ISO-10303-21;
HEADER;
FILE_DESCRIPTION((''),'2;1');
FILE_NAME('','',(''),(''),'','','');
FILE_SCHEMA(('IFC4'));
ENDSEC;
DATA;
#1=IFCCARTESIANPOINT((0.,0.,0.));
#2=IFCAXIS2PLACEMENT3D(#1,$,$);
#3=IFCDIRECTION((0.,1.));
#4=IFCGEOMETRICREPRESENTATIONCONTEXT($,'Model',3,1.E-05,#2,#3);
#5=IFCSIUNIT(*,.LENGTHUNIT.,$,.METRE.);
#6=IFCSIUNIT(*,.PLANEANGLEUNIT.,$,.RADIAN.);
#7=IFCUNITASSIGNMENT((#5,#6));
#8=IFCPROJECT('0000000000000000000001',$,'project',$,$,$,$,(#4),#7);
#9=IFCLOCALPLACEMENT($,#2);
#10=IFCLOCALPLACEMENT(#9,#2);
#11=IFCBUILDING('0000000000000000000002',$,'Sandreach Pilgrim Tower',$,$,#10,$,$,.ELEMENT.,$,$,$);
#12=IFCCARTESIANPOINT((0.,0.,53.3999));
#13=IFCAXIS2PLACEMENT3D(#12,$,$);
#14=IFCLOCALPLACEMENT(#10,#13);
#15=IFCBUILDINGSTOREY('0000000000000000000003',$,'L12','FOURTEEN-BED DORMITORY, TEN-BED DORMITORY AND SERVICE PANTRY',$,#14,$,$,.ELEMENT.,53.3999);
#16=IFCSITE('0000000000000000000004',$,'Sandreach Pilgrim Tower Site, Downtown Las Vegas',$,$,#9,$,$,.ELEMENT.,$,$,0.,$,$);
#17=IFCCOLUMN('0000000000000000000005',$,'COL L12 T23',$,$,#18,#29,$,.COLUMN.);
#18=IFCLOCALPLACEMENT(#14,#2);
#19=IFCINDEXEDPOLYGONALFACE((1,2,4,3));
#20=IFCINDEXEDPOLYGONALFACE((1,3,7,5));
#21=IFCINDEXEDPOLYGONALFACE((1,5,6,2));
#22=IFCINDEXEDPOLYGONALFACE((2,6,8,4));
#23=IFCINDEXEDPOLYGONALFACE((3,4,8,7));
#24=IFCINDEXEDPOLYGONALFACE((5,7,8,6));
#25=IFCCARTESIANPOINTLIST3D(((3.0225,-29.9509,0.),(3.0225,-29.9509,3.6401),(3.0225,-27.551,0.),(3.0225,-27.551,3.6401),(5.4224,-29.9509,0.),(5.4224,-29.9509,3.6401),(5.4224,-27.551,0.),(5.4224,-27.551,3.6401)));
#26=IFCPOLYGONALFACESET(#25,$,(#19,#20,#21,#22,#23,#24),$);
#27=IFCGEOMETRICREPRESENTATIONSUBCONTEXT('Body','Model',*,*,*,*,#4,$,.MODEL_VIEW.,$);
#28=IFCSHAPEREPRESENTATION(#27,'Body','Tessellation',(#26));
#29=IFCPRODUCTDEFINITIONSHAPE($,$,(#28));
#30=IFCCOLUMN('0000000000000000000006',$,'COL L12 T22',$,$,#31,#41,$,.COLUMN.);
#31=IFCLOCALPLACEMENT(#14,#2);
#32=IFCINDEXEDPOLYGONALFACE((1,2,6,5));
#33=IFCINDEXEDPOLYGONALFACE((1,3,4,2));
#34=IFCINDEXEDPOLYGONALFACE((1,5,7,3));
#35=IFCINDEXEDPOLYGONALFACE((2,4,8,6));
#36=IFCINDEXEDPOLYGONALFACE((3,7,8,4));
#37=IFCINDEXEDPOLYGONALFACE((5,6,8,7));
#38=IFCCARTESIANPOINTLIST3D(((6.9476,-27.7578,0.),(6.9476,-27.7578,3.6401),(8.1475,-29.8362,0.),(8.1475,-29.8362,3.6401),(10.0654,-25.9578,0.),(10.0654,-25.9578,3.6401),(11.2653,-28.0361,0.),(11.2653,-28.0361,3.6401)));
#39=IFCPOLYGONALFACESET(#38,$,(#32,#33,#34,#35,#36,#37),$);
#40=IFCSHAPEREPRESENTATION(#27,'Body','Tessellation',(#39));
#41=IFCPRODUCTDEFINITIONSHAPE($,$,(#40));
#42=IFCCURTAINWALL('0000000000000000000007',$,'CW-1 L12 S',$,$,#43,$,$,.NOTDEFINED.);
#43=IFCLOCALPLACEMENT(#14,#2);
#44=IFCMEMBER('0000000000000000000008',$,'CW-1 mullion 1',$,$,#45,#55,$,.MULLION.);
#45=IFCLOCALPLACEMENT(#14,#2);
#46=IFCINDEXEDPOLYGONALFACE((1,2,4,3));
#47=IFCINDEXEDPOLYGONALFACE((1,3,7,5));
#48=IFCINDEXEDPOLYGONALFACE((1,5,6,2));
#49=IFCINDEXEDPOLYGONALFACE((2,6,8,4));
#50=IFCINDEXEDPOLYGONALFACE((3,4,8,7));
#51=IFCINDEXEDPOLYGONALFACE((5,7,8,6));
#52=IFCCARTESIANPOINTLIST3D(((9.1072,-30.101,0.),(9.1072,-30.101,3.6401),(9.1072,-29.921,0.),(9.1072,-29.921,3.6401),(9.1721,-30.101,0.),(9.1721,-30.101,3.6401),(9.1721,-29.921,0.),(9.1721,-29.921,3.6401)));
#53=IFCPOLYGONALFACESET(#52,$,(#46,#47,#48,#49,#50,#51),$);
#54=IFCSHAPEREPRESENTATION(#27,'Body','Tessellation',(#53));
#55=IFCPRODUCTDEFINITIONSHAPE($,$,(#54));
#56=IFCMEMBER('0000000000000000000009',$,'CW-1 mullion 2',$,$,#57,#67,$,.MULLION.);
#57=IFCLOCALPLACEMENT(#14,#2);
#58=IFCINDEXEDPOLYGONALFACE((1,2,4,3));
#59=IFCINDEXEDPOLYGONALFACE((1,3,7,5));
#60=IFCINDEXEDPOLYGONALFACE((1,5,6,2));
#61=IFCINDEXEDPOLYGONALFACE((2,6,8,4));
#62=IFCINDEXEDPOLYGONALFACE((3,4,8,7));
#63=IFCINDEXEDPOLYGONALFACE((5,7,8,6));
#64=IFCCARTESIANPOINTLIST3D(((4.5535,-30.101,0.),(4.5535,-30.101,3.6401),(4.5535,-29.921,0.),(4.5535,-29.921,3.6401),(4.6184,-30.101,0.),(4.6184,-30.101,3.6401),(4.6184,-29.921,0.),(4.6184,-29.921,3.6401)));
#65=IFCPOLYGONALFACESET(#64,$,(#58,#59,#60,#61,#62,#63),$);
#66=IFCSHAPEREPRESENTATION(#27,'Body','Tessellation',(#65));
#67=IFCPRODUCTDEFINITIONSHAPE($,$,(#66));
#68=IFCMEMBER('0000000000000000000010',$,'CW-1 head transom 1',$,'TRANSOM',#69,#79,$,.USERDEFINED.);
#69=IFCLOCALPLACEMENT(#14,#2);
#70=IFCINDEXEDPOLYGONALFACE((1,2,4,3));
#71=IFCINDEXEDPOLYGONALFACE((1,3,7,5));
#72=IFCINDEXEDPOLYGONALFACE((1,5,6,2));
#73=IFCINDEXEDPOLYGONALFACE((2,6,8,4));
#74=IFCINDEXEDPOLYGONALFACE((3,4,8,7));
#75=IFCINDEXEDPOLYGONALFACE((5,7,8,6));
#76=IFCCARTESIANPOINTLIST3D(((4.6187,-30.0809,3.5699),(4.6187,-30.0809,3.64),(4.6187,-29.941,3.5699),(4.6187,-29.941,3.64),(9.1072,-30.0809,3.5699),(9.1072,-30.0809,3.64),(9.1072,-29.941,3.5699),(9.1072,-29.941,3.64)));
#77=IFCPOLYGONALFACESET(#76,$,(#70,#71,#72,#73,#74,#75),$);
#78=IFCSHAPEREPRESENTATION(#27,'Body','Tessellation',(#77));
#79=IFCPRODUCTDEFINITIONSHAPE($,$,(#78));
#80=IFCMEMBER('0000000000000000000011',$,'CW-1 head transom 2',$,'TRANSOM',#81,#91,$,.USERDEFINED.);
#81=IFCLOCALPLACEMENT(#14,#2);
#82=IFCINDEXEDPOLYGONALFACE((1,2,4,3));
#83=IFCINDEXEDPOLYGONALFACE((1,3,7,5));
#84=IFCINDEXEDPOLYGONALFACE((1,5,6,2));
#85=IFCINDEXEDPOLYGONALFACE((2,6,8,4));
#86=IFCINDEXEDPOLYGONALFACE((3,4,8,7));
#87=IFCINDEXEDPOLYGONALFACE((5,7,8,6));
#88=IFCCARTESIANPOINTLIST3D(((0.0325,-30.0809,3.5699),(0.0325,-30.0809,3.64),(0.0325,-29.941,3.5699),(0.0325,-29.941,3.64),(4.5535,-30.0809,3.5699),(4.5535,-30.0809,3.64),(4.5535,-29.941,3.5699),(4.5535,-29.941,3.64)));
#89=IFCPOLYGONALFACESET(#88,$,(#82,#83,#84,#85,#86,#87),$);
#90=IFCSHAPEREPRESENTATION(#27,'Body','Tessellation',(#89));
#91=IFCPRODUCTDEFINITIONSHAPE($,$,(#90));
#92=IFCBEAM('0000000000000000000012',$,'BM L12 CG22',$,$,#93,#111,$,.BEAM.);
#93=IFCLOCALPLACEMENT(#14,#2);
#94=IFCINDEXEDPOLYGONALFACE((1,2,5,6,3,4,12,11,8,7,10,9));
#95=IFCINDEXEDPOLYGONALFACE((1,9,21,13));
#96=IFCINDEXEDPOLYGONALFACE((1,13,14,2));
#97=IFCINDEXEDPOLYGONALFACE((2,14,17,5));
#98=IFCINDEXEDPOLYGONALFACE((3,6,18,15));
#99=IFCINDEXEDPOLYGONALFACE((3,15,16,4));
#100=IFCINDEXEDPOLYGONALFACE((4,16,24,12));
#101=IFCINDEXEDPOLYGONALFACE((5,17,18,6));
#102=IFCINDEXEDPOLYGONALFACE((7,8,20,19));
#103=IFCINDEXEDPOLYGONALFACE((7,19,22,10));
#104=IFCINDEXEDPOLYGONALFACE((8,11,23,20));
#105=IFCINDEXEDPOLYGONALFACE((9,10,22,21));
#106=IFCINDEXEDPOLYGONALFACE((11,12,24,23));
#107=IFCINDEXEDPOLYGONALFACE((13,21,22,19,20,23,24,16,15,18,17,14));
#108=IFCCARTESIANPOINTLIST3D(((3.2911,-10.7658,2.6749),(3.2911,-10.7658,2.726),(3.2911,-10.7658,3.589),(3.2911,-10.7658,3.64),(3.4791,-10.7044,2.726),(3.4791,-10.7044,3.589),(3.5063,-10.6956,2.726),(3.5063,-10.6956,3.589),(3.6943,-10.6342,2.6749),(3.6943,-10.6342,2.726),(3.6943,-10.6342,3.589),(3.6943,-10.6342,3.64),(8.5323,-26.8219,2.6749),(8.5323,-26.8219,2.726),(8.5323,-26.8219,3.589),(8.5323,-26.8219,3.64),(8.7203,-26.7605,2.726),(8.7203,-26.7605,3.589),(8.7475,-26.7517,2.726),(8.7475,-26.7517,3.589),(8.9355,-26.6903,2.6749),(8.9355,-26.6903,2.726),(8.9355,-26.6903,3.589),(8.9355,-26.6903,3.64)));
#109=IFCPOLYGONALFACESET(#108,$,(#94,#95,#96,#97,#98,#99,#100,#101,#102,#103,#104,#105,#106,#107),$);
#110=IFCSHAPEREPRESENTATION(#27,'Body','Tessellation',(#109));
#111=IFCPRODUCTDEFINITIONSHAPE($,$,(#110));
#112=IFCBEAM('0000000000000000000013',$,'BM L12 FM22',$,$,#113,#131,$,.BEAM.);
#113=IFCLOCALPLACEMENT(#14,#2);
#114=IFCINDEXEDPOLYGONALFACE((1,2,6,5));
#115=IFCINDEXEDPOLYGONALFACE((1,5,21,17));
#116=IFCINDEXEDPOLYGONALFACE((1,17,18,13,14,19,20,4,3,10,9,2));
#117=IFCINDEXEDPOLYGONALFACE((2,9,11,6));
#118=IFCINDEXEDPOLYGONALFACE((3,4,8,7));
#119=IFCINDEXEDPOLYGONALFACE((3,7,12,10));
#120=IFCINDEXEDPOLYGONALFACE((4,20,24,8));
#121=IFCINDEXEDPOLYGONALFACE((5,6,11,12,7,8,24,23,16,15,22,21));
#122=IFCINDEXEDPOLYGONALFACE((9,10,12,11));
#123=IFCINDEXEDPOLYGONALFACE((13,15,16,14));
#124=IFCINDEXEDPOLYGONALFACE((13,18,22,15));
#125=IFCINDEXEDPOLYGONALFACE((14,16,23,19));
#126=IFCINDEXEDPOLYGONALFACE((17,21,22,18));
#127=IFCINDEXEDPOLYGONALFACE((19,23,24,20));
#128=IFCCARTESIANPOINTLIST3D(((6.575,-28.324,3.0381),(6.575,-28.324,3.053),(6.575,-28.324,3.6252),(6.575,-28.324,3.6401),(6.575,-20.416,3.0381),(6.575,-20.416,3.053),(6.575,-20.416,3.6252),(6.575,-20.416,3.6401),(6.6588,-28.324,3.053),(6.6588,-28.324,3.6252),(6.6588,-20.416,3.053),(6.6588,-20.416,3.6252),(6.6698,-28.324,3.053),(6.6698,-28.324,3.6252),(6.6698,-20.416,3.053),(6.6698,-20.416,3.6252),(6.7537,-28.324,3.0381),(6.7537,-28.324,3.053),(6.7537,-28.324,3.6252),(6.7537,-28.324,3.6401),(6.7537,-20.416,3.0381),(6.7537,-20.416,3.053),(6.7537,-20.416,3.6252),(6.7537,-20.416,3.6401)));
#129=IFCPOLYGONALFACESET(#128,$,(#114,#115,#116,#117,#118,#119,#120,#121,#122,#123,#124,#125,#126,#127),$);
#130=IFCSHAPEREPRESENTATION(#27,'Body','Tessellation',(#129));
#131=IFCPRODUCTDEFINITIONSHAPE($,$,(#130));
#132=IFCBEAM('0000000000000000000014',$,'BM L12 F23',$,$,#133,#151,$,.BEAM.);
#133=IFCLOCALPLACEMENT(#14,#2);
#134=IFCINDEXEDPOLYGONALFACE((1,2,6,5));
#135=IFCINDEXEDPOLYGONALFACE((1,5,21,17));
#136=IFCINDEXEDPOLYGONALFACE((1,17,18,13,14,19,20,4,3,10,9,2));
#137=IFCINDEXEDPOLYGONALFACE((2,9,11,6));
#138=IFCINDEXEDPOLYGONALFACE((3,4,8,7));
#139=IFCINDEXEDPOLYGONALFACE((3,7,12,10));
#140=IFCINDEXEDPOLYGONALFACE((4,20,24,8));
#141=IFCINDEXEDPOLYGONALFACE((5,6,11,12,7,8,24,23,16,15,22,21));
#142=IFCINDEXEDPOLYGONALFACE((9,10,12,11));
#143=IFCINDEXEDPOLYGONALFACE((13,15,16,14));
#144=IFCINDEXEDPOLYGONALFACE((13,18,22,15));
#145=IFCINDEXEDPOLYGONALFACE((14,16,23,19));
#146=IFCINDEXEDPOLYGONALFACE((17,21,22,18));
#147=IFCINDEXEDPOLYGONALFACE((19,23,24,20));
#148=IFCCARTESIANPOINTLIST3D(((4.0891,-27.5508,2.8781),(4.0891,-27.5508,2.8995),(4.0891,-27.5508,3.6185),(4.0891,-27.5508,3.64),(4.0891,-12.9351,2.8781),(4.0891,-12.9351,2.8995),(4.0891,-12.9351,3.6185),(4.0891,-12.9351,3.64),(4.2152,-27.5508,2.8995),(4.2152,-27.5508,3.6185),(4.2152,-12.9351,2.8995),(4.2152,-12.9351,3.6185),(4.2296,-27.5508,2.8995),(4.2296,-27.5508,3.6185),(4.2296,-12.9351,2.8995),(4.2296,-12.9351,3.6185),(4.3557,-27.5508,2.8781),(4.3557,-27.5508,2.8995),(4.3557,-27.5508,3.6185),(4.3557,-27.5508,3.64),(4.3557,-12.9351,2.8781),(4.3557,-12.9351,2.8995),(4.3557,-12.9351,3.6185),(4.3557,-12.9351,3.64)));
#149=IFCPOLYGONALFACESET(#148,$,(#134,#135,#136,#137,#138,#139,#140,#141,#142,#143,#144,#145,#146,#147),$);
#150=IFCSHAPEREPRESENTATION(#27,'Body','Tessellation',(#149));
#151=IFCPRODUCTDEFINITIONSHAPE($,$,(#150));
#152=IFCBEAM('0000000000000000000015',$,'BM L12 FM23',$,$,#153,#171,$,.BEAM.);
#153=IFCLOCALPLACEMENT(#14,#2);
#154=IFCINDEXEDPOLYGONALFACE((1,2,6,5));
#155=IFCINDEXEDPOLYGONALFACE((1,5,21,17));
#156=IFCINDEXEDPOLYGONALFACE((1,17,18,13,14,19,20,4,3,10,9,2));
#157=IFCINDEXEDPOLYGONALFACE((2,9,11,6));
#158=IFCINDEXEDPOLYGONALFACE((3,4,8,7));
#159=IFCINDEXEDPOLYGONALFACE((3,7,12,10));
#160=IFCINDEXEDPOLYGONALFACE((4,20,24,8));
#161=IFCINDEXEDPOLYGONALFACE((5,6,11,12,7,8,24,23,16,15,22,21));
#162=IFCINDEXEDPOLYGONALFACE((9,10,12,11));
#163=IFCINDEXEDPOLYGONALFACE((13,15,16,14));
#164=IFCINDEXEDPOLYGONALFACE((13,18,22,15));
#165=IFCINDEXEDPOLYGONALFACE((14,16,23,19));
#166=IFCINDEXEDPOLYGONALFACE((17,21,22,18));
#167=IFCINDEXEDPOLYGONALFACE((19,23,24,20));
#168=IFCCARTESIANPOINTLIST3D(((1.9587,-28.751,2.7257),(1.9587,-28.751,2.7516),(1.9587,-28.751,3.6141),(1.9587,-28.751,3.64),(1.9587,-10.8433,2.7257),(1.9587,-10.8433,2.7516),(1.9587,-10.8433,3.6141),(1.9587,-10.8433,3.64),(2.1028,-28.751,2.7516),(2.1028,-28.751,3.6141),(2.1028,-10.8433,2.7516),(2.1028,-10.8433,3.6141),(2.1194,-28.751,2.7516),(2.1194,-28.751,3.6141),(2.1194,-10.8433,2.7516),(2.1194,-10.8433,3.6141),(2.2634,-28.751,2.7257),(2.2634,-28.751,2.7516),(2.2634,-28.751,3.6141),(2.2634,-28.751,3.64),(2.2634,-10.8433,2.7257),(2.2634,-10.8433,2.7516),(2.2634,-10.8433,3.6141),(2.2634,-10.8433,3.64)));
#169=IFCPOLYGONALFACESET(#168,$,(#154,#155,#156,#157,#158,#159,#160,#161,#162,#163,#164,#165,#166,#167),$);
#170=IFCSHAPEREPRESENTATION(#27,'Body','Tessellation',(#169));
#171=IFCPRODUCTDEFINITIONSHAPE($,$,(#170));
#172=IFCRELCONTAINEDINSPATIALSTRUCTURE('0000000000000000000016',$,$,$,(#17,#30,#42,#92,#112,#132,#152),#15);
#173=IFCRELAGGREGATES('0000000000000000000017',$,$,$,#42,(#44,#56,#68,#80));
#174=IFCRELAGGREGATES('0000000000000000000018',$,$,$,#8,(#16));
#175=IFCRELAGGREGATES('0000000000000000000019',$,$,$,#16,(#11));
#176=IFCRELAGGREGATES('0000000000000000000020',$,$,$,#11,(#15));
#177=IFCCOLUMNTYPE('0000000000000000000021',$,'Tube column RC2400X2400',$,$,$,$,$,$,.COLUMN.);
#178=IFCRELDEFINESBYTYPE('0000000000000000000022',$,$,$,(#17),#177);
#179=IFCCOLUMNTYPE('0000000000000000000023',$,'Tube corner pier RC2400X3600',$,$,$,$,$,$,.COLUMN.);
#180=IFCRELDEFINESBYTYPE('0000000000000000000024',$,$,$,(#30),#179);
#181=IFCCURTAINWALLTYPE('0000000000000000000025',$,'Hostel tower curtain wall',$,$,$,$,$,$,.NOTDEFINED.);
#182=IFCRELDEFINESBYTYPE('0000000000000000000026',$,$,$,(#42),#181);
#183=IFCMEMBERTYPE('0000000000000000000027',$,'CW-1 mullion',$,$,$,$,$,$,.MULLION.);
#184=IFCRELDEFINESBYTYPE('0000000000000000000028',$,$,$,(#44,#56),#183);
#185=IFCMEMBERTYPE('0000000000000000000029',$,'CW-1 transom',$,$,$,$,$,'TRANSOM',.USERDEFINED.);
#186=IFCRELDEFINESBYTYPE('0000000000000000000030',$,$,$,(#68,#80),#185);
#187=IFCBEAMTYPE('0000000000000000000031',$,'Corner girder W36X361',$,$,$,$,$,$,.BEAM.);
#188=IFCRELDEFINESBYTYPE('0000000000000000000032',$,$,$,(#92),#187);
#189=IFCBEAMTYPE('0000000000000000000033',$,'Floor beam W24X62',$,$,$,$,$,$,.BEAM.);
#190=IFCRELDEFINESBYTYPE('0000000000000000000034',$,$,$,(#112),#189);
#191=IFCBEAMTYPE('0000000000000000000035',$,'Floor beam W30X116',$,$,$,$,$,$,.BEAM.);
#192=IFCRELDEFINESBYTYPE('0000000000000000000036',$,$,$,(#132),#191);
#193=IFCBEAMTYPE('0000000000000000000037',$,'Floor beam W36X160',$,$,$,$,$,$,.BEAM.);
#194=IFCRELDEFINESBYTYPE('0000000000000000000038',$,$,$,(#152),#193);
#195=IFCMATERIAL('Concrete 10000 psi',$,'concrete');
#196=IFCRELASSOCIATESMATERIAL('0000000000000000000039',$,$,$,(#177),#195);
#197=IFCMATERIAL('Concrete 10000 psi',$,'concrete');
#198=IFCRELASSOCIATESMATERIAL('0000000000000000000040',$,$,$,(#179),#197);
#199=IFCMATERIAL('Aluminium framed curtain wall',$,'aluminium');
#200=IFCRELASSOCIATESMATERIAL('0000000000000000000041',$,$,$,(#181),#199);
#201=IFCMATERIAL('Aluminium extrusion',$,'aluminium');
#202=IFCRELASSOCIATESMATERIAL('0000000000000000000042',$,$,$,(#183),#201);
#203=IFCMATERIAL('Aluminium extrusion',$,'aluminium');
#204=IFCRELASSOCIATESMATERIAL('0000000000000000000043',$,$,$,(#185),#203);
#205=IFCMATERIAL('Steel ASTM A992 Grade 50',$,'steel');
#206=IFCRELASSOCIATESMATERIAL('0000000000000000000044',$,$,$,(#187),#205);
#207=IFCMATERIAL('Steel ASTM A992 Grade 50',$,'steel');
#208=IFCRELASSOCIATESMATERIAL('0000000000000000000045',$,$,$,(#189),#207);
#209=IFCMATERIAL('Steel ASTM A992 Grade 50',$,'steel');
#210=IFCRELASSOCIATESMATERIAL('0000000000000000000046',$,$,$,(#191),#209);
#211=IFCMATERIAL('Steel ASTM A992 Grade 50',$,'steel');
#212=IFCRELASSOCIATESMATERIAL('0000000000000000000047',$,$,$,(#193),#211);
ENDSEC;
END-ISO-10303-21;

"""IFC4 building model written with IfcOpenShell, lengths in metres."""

from ifc_helpers import new_model, si_unit, direction, frame, origin, origin_2d, place, context, subcontext, project, spatial, rectangle, i_section, extrude, clip, halfspace, material, material_profile, profile_set, type_object, element, aggregate, save


model = new_model("IFC4")

# Units and contexts
model_context = context("Model", 3, precision=1e-05, world=origin(), true_north=direction((0.0, 1.0)))
body_context = subcontext(model_context, "Body", "Model", "MODEL_VIEW")
ifc_project = project(units=[si_unit("LENGTHUNIT", "METRE"), si_unit("PLANEANGLEUNIT", "RADIAN")], contexts=[model_context])

# Site, building, storey
site_placement = place(None, origin())
site = spatial("IfcSite", under=ifc_project, at=site_placement, Name="Sandreach Pilgrim Tower Site, Downtown Las Vegas", CompositionType="ELEMENT", RefElevation=0.0)
building_placement = place(site_placement, origin())
building = spatial("IfcBuilding", under=site, at=building_placement, Name="Sandreach Pilgrim Tower", CompositionType="ELEMENT")
storey_placement = place(building_placement, frame((0.0, 0.0, 53.3999)))
storey = spatial("IfcBuildingStorey", under=building, at=storey_placement, Name="L12", Description="FOURTEEN-BED DORMITORY, TEN-BED DORMITORY AND SERVICE PANTRY", CompositionType="ELEMENT", Elevation=53.3999)

# Columns
ifc_material_1 = material(Name="Concrete 10000 psi", Category="concrete")
ifc_material_profile_1 = material_profile(ifc_material_1, rectangle(XDim=2.3999, YDim=2.3999, at=origin_2d()), Name="RC2400X2400")
ifc_profile_set_1 = profile_set([ifc_material_profile_1], Name="Concrete 10000 psi")
column_type_1 = type_object("IfcColumnType", Name="Tube column RC2400X2400", PredefinedType="COLUMN", material=ifc_profile_set_1)
column_1_placement = place(storey_placement, frame((4.2224, -28.751, 0.0), z_axis=(0.0, 0.0, 1.0), x_axis=(0.0, -1.0, 0.0)))
element("IfcColumn", 1, at=column_1_placement, inside=storey, type_object=column_type_1, Name="COL L12 T23", PredefinedType="COLUMN", context=body_context, shape_type="SweptSolid", body=[
    clip(extrude(rectangle(XDim=2.3999, YDim=2.3999, at=origin_2d()), origin(), (0.0, 0.0, 1.0), 3.7371), halfspace(frame((0.0, 0.0, 3.6401)), False)),
])
ifc_material_2 = material(Name="Concrete 10000 psi", Category="concrete")
ifc_material_profile_2 = material_profile(ifc_material_2, rectangle(XDim=2.3999, YDim=3.6001, at=origin_2d()), Name="RC2400X3600")
ifc_profile_set_2 = profile_set([ifc_material_profile_2], Name="Concrete 10000 psi")
column_type_2 = type_object("IfcColumnType", Name="Tube corner pier RC2400X3600", PredefinedType="COLUMN", material=ifc_profile_set_2)
column_2_placement = place(storey_placement, frame((9.1064, -27.897, 0.0), z_axis=(0.0, 0.0, 1.0), x_axis=(0.5, -0.866025, 0.0)))
element("IfcColumn", 2, at=column_2_placement, inside=storey, type_object=column_type_2, Name="COL L12 T22", PredefinedType="COLUMN", context=body_context, shape_type="SweptSolid", body=[
    clip(extrude(rectangle(XDim=2.3999, YDim=3.6001, at=origin_2d()), origin(), (0.0, 0.0, 1.0), 3.7261), halfspace(frame((0.0, 0.0, 3.6401)), False)),
])

# Curtain wall, members
ifc_material_3 = material(Name="Aluminium framed curtain wall", Category="aluminium")
curtain_wall_type = type_object("IfcCurtainWallType", Name="Hostel tower curtain wall", PredefinedType="NOTDEFINED", material=ifc_material_3)
curtain_wall_placement = place(storey_placement, origin())
curtain_wall = element("IfcCurtainWall", 3, at=curtain_wall_placement, inside=storey, type_object=curtain_wall_type, Name="CW-1 L12 S", PredefinedType="NOTDEFINED")
ifc_material_4 = material(Name="Aluminium extrusion", Category="aluminium")
ifc_material_profile_3 = material_profile(ifc_material_4, rectangle(XDim=0.0649, YDim=0.1799, at=origin_2d()), Name="CW-1M 65X180")
ifc_profile_set_3 = profile_set([ifc_material_profile_3], Name="Aluminium extrusion")
member_type_1 = type_object("IfcMemberType", Name="CW-1 mullion", PredefinedType="MULLION", material=ifc_profile_set_3)
member_1_placement = place(storey_placement, frame((9.1396, -30.011, 0.0), z_axis=(0.0, 0.0, 1.0), x_axis=(-1.0, 0.0, 0.0)))
member_1 = element("IfcMember", 4, at=member_1_placement, type_object=member_type_1, Name="CW-1 mullion 1", PredefinedType="MULLION", context=body_context, shape_type="SweptSolid", body=[
    extrude(rectangle(XDim=0.0649, YDim=0.1799, at=origin_2d()), origin(), (0.0, 0.0, 1.0), 3.6401),
])
member_2_placement = place(storey_placement, frame((4.5859, -30.011, 0.0), z_axis=(0.0, 0.0, 1.0), x_axis=(-1.0, 0.0, 0.0)))
member_2 = element("IfcMember", 5, at=member_2_placement, type_object=member_type_1, Name="CW-1 mullion 2", PredefinedType="MULLION", context=body_context, shape_type="SweptSolid", body=[
    extrude(rectangle(XDim=0.0649, YDim=0.1799, at=origin_2d()), origin(), (0.0, 0.0, 1.0), 3.6401),
])
ifc_material_5 = material(Name="Aluminium extrusion", Category="aluminium")
ifc_material_profile_4 = material_profile(ifc_material_5, rectangle(XDim=0.1399, YDim=0.0701, at=origin_2d()), Name="CW-1T 140X70")
ifc_profile_set_4 = profile_set([ifc_material_profile_4], Name="Aluminium extrusion")
member_type_2 = type_object("IfcMemberType", Name="CW-1 transom", ElementType="TRANSOM", PredefinedType="USERDEFINED", material=ifc_profile_set_4)
member_3_placement = place(storey_placement, frame((9.1072, -30.011, 3.605), z_axis=(-1.0, 0.0, 0.0), x_axis=(0.0, -1.0, 0.0)))
member_3 = element("IfcMember", 6, at=member_3_placement, type_object=member_type_2, Name="CW-1 head transom 1", ObjectType="TRANSOM", PredefinedType="USERDEFINED", context=body_context, shape_type="SweptSolid", body=[
    extrude(rectangle(XDim=0.1399, YDim=0.0701, at=origin_2d()), origin(), (0.0, 0.0, 1.0), 4.4885),
])
member_4_placement = place(storey_placement, frame((4.5535, -30.011, 3.605), z_axis=(-1.0, 0.0, 0.0), x_axis=(0.0, -1.0, 0.0)))
member_4 = element("IfcMember", 7, at=member_4_placement, type_object=member_type_2, Name="CW-1 head transom 2", ObjectType="TRANSOM", PredefinedType="USERDEFINED", context=body_context, shape_type="SweptSolid", body=[
    extrude(rectangle(XDim=0.1399, YDim=0.0701, at=origin_2d()), origin(), (0.0, 0.0, 1.0), 4.521),
])

# Beams
ifc_material_6 = material(Name="Steel ASTM A992 Grade 50", Category="steel")
ifc_material_profile_5 = material_profile(ifc_material_6, i_section(OverallWidth=0.4241, OverallDepth=0.9651, WebThickness=0.0286, FlangeThickness=0.051, at=origin_2d()), Name="W36X361")
ifc_profile_set_5 = profile_set([ifc_material_profile_5], Name="Steel ASTM A992 Grade 50")
beam_type_1 = type_object("IfcBeamType", Name="Corner girder W36X361", PredefinedType="BEAM", material=ifc_profile_set_5)
beam_1_placement = place(storey_placement, frame((8.7339, -26.7561, 3.1575), z_axis=(-0.310315, 0.950634, 0.0), x_axis=(-0.950634, -0.310315, 0.0)))
element("IfcBeam", 8, at=beam_1_placement, inside=storey, type_object=beam_type_1, Name="BM L12 CG22", PredefinedType="BEAM", context=body_context, shape_type="SweptSolid", body=[
    extrude(i_section(OverallWidth=0.4241, OverallDepth=0.9651, WebThickness=0.0286, FlangeThickness=0.051, at=origin_2d()), origin(), (0.0, 0.0, 1.0), 16.8899),
])
ifc_material_7 = material(Name="Steel ASTM A992 Grade 50", Category="steel")
ifc_material_profile_6 = material_profile(ifc_material_7, i_section(OverallWidth=0.1787, OverallDepth=0.6021, WebThickness=0.011, FlangeThickness=0.0149, at=origin_2d()), Name="W24X62")
ifc_profile_set_6 = profile_set([ifc_material_profile_6], Name="Steel ASTM A992 Grade 50")
beam_type_2 = type_object("IfcBeamType", Name="Floor beam W24X62", PredefinedType="BEAM", material=ifc_profile_set_6)
beam_2_placement = place(storey_placement, frame((6.6643, -28.324, 3.3391), z_axis=(0.0, 1.0, 0.0), x_axis=(-1.0, 0.0, 0.0)))
element("IfcBeam", 9, at=beam_2_placement, inside=storey, type_object=beam_type_2, Name="BM L12 FM22", PredefinedType="BEAM", context=body_context, shape_type="SweptSolid", body=[
    extrude(i_section(OverallWidth=0.1787, OverallDepth=0.6021, WebThickness=0.011, FlangeThickness=0.0149, at=origin_2d()), origin(), (0.0, 0.0, 1.0), 7.908),
])
ifc_material_8 = material(Name="Steel ASTM A992 Grade 50", Category="steel")
ifc_material_profile_7 = material_profile(ifc_material_8, i_section(OverallWidth=0.2666, OverallDepth=0.762, WebThickness=0.0144, FlangeThickness=0.0215, at=origin_2d()), Name="W30X116")
ifc_profile_set_7 = profile_set([ifc_material_profile_7], Name="Steel ASTM A992 Grade 50")
beam_type_3 = type_object("IfcBeamType", Name="Floor beam W30X116", PredefinedType="BEAM", material=ifc_profile_set_7)
beam_3_placement = place(storey_placement, frame((4.2224, -27.5508, 3.259), z_axis=(0.0, 1.0, 0.0), x_axis=(-1.0, 0.0, 0.0)))
element("IfcBeam", 10, at=beam_3_placement, inside=storey, type_object=beam_type_3, Name="BM L12 F23", PredefinedType="BEAM", context=body_context, shape_type="SweptSolid", body=[
    extrude(i_section(OverallWidth=0.2666, OverallDepth=0.762, WebThickness=0.0144, FlangeThickness=0.0215, at=origin_2d()), origin(), (0.0, 0.0, 1.0), 14.6157),
])
ifc_material_9 = material(Name="Steel ASTM A992 Grade 50", Category="steel")
ifc_material_profile_8 = material_profile(ifc_material_9, i_section(OverallWidth=0.3047, OverallDepth=0.9143, WebThickness=0.0166, FlangeThickness=0.0259, at=origin_2d()), Name="W36X160")
ifc_profile_set_8 = profile_set([ifc_material_profile_8], Name="Steel ASTM A992 Grade 50")
beam_type_4 = type_object("IfcBeamType", Name="Floor beam W36X160", PredefinedType="BEAM", material=ifc_profile_set_8)
beam_4_placement = place(storey_placement, frame((2.1111, -28.751, 3.1829), z_axis=(0.0, 1.0, 0.0), x_axis=(-1.0, 0.0, 0.0)))
element("IfcBeam", 11, at=beam_4_placement, inside=storey, type_object=beam_type_4, Name="BM L12 FM23", PredefinedType="BEAM", context=body_context, shape_type="SweptSolid", body=[
    extrude(i_section(OverallWidth=0.3047, OverallDepth=0.9143, WebThickness=0.0166, FlangeThickness=0.0259, at=origin_2d()), origin(), (0.0, 0.0, 1.0), 17.9077),
])

aggregate(curtain_wall, [member_1, member_2, member_3, member_4])

save(model, "model.ifc")
